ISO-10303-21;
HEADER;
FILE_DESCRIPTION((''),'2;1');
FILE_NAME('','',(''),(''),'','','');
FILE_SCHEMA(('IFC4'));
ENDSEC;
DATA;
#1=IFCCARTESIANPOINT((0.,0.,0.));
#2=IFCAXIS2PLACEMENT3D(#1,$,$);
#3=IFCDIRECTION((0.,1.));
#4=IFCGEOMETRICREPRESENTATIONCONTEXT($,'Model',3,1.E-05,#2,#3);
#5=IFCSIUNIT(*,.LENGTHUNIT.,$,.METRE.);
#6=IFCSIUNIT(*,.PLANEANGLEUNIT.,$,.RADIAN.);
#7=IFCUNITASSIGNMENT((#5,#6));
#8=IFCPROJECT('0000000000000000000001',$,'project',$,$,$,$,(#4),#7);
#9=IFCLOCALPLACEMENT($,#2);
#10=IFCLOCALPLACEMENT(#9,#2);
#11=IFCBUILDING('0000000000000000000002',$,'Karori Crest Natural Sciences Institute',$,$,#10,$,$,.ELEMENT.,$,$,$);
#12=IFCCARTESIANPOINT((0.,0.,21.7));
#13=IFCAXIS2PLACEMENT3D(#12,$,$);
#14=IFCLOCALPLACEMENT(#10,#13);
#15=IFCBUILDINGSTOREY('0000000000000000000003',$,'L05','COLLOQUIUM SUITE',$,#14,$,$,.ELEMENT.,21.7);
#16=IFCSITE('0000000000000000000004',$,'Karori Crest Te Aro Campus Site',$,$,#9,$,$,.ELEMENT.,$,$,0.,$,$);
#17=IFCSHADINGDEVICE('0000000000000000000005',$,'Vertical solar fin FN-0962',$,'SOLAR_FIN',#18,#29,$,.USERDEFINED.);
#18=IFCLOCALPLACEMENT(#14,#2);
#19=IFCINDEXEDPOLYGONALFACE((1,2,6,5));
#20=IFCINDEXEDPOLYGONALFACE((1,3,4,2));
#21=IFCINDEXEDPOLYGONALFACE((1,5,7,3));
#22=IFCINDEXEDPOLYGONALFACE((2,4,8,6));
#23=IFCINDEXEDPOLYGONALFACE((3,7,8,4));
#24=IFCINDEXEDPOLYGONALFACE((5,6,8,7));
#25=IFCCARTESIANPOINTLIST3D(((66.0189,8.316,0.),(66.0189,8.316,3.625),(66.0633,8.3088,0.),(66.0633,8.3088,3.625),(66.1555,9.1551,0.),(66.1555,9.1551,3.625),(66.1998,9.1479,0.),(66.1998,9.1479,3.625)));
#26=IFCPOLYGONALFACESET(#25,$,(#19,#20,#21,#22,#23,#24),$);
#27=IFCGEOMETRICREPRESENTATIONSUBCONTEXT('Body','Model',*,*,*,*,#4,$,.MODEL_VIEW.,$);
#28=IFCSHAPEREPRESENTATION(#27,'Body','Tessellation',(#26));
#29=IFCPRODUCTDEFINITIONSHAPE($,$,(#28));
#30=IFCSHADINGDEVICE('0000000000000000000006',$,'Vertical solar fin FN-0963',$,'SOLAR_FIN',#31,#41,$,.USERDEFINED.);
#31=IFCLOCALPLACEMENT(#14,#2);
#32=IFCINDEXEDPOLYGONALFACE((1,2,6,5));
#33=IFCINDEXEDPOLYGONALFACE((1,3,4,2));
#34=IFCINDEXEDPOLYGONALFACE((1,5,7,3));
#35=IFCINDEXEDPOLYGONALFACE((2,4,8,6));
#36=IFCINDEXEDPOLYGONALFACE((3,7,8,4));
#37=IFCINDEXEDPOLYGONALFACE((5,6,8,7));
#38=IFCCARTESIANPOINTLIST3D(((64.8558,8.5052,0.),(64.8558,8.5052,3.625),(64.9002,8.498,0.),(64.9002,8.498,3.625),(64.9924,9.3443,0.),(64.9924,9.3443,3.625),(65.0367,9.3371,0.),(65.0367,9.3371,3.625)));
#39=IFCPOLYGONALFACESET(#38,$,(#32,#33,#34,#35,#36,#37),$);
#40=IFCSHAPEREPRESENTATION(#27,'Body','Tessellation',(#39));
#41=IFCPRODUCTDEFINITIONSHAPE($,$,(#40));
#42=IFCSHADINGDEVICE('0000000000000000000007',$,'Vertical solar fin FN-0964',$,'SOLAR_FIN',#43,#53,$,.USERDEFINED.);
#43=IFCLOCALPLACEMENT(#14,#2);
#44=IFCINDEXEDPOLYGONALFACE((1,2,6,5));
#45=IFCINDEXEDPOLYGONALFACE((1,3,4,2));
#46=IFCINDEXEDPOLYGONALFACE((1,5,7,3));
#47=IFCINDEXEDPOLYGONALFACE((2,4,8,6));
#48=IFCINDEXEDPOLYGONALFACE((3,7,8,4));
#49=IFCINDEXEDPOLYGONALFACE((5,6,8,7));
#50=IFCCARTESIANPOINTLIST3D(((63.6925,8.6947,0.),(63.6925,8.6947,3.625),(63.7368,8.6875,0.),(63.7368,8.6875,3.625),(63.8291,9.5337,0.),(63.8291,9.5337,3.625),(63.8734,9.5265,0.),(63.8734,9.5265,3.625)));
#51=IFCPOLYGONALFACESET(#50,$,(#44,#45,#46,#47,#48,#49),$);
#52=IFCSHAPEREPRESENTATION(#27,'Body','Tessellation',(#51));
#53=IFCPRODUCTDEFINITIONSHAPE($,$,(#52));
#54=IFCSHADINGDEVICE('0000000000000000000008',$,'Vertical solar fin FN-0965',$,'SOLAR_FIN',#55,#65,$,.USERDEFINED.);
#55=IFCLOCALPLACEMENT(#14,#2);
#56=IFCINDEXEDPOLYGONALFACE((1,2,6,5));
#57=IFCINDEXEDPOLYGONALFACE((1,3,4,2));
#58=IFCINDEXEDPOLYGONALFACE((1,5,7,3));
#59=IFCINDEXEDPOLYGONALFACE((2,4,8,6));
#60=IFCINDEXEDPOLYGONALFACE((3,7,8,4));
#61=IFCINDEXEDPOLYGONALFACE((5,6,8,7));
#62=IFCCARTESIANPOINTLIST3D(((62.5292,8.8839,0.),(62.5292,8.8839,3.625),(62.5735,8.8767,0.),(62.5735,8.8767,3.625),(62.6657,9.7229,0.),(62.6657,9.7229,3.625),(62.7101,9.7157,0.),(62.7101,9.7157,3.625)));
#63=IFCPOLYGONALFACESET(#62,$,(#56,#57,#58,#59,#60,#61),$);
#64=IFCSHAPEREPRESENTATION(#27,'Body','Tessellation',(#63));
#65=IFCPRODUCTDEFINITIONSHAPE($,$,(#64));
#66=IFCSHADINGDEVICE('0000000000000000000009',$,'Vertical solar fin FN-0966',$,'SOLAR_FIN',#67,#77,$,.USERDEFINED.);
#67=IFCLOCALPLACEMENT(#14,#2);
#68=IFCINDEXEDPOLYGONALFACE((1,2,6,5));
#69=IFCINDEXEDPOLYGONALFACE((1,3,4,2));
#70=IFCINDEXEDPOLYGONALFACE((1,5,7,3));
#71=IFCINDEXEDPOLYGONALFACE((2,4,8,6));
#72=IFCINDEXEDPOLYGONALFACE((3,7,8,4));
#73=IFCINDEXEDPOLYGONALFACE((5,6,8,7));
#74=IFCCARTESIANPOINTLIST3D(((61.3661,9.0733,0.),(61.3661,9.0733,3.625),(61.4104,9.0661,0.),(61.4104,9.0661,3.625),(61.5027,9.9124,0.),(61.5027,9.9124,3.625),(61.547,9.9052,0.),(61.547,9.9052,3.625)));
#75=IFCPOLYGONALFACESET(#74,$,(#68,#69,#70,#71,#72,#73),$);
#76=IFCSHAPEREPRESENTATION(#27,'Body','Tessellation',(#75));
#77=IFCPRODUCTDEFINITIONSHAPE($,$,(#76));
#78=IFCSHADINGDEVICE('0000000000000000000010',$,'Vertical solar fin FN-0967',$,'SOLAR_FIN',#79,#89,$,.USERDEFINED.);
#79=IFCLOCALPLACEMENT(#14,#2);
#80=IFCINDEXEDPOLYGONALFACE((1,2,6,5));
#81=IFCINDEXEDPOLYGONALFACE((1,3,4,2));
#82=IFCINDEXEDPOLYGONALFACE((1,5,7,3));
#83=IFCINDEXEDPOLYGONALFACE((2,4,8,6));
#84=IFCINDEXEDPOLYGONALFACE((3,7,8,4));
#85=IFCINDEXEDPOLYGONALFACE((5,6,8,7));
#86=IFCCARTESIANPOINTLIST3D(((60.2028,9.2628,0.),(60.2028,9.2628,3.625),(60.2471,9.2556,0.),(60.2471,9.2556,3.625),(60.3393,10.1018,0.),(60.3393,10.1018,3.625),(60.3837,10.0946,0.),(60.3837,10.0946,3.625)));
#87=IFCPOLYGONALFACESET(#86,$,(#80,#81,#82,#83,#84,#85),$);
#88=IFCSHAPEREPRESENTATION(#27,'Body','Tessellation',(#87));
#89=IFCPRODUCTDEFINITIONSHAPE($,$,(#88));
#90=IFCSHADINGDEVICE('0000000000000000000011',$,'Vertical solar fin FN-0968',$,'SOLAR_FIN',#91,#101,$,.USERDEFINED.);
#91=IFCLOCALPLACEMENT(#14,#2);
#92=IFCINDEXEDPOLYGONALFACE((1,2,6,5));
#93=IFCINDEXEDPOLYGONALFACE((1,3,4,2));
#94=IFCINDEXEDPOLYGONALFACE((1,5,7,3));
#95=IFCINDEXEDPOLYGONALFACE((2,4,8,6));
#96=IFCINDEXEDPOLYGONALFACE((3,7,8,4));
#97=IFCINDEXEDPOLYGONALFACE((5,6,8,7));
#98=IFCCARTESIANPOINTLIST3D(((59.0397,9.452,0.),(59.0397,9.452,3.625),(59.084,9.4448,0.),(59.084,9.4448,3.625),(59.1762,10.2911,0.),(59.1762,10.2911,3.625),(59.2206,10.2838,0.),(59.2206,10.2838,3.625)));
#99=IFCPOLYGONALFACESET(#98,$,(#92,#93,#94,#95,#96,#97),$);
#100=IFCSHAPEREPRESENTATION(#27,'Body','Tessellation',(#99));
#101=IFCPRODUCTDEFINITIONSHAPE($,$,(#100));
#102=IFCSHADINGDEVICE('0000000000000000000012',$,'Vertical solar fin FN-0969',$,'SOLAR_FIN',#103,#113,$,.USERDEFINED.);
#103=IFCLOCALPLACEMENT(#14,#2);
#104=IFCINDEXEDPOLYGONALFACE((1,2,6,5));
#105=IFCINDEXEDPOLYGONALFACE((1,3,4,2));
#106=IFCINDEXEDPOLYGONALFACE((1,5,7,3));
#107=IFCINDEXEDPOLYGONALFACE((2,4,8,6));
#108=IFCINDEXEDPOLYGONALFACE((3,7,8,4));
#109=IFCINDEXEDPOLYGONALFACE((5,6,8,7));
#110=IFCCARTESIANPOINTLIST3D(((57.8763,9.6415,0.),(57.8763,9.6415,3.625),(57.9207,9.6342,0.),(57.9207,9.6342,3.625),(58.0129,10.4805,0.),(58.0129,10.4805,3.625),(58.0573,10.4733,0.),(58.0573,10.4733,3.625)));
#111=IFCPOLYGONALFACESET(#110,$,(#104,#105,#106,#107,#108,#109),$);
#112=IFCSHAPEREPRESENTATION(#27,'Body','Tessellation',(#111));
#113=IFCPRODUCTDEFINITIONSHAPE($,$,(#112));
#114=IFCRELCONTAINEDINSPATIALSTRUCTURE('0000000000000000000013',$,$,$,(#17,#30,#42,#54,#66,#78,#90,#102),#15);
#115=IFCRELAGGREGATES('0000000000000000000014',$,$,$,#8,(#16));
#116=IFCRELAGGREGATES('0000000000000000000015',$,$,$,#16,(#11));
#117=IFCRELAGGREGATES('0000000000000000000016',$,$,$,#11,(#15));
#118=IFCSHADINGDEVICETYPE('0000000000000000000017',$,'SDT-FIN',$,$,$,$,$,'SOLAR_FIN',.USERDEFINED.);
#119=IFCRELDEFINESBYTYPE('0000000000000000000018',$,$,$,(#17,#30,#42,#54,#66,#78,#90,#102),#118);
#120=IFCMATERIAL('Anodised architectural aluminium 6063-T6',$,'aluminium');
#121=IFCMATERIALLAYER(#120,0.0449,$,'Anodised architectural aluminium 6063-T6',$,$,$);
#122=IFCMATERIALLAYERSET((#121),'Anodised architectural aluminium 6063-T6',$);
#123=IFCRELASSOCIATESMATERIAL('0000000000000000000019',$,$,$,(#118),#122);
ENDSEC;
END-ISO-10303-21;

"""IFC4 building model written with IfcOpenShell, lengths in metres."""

from ifc_helpers import new_model, si_unit, direction, frame, origin, origin_2d, place, context, subcontext, project, spatial, rectangle, extrude, material, layer, layer_set, type_object, element, save


model = new_model("IFC4")

# Units and contexts
model_context = context("Model", 3, precision=1e-05, world=origin(), true_north=direction((0.0, 1.0)))
body_context = subcontext(model_context, "Body", "Model", "MODEL_VIEW")
ifc_project = project(units=[si_unit("LENGTHUNIT", "METRE"), si_unit("PLANEANGLEUNIT", "RADIAN")], contexts=[model_context])

# Site, building, storey
site_placement = place(None, origin())
site = spatial("IfcSite", under=ifc_project, at=site_placement, Name="Karori Crest Te Aro Campus Site", CompositionType="ELEMENT", RefElevation=0.0)
building_placement = place(site_placement, origin())
building = spatial("IfcBuilding", under=site, at=building_placement, Name="Karori Crest Natural Sciences Institute", CompositionType="ELEMENT")
storey_placement = place(building_placement, frame((0.0, 0.0, 21.7)))
storey = spatial("IfcBuildingStorey", under=building, at=storey_placement, Name="L05", Description="COLLOQUIUM SUITE", CompositionType="ELEMENT", Elevation=21.7)

# Shared definitions
ifc_material_1 = material(Name="Anodised architectural aluminium 6063-T6", Category="aluminium")

# Shading devices
ifc_layer_1 = layer(ifc_material_1, 0.0449, Name="Anodised architectural aluminium 6063-T6")
ifc_layer_set_1 = layer_set([ifc_layer_1], Name="Anodised architectural aluminium 6063-T6")
shading_device_type = type_object("IfcShadingDeviceType", Name="SDT-FIN", ElementType="SOLAR_FIN", PredefinedType="USERDEFINED", material=ifc_layer_set_1)
for number, where, z_axis, x_axis, name in (
    (1, (66.1094, 8.7319, 0.0), (0.0, 0.0, 1.0), (-0.160655, -0.987011, 0.0), "Vertical solar fin FN-0962"),
    (2, (64.9463, 8.9211, 0.0), (0.0, 0.0, 1.0), (-0.160655, -0.987011, 0.0), "Vertical solar fin FN-0963"),
    (3, (63.783, 9.1106, 0.0), (0.0, 0.0, 1.0), (-0.160655, -0.987011, 0.0), "Vertical solar fin FN-0964"),
    (4, (62.6196, 9.2998, 0.0), (0.0, 0.0, 1.0), (-0.160655, -0.987011, 0.0), "Vertical solar fin FN-0965"),
    (5, (61.4565, 9.4893, 0.0), (0.0, 0.0, 1.0), (-0.160655, -0.987011, 0.0), "Vertical solar fin FN-0966"),
    (6, (60.2932, 9.6787, 0.0), (0.0, 0.0, 1.0), (-0.160655, -0.987011, 0.0), "Vertical solar fin FN-0967"),
    (7, (59.1301, 9.8679, 0.0), (0.0, 0.0, 1.0), (-0.160655, -0.987011, 0.0), "Vertical solar fin FN-0968"),
    (8, (57.9668, 10.0574, 0.0), (0.0, 0.0, 1.0), (-0.160655, -0.987011, 0.0), "Vertical solar fin FN-0969"),
):
    element("IfcShadingDevice", number, at=place(storey_placement, frame(where, z_axis=z_axis, x_axis=x_axis)), inside=storey, type_object=shading_device_type, Name=name, ObjectType="SOLAR_FIN", PredefinedType="USERDEFINED", context=body_context, shape_type="SweptSolid", body=[
        extrude(rectangle(XDim=0.8501, YDim=0.0449, at=origin_2d()), origin(), (0.0, 0.0, 1.0), 3.625),
    ])

save(model, "model.ifc")
